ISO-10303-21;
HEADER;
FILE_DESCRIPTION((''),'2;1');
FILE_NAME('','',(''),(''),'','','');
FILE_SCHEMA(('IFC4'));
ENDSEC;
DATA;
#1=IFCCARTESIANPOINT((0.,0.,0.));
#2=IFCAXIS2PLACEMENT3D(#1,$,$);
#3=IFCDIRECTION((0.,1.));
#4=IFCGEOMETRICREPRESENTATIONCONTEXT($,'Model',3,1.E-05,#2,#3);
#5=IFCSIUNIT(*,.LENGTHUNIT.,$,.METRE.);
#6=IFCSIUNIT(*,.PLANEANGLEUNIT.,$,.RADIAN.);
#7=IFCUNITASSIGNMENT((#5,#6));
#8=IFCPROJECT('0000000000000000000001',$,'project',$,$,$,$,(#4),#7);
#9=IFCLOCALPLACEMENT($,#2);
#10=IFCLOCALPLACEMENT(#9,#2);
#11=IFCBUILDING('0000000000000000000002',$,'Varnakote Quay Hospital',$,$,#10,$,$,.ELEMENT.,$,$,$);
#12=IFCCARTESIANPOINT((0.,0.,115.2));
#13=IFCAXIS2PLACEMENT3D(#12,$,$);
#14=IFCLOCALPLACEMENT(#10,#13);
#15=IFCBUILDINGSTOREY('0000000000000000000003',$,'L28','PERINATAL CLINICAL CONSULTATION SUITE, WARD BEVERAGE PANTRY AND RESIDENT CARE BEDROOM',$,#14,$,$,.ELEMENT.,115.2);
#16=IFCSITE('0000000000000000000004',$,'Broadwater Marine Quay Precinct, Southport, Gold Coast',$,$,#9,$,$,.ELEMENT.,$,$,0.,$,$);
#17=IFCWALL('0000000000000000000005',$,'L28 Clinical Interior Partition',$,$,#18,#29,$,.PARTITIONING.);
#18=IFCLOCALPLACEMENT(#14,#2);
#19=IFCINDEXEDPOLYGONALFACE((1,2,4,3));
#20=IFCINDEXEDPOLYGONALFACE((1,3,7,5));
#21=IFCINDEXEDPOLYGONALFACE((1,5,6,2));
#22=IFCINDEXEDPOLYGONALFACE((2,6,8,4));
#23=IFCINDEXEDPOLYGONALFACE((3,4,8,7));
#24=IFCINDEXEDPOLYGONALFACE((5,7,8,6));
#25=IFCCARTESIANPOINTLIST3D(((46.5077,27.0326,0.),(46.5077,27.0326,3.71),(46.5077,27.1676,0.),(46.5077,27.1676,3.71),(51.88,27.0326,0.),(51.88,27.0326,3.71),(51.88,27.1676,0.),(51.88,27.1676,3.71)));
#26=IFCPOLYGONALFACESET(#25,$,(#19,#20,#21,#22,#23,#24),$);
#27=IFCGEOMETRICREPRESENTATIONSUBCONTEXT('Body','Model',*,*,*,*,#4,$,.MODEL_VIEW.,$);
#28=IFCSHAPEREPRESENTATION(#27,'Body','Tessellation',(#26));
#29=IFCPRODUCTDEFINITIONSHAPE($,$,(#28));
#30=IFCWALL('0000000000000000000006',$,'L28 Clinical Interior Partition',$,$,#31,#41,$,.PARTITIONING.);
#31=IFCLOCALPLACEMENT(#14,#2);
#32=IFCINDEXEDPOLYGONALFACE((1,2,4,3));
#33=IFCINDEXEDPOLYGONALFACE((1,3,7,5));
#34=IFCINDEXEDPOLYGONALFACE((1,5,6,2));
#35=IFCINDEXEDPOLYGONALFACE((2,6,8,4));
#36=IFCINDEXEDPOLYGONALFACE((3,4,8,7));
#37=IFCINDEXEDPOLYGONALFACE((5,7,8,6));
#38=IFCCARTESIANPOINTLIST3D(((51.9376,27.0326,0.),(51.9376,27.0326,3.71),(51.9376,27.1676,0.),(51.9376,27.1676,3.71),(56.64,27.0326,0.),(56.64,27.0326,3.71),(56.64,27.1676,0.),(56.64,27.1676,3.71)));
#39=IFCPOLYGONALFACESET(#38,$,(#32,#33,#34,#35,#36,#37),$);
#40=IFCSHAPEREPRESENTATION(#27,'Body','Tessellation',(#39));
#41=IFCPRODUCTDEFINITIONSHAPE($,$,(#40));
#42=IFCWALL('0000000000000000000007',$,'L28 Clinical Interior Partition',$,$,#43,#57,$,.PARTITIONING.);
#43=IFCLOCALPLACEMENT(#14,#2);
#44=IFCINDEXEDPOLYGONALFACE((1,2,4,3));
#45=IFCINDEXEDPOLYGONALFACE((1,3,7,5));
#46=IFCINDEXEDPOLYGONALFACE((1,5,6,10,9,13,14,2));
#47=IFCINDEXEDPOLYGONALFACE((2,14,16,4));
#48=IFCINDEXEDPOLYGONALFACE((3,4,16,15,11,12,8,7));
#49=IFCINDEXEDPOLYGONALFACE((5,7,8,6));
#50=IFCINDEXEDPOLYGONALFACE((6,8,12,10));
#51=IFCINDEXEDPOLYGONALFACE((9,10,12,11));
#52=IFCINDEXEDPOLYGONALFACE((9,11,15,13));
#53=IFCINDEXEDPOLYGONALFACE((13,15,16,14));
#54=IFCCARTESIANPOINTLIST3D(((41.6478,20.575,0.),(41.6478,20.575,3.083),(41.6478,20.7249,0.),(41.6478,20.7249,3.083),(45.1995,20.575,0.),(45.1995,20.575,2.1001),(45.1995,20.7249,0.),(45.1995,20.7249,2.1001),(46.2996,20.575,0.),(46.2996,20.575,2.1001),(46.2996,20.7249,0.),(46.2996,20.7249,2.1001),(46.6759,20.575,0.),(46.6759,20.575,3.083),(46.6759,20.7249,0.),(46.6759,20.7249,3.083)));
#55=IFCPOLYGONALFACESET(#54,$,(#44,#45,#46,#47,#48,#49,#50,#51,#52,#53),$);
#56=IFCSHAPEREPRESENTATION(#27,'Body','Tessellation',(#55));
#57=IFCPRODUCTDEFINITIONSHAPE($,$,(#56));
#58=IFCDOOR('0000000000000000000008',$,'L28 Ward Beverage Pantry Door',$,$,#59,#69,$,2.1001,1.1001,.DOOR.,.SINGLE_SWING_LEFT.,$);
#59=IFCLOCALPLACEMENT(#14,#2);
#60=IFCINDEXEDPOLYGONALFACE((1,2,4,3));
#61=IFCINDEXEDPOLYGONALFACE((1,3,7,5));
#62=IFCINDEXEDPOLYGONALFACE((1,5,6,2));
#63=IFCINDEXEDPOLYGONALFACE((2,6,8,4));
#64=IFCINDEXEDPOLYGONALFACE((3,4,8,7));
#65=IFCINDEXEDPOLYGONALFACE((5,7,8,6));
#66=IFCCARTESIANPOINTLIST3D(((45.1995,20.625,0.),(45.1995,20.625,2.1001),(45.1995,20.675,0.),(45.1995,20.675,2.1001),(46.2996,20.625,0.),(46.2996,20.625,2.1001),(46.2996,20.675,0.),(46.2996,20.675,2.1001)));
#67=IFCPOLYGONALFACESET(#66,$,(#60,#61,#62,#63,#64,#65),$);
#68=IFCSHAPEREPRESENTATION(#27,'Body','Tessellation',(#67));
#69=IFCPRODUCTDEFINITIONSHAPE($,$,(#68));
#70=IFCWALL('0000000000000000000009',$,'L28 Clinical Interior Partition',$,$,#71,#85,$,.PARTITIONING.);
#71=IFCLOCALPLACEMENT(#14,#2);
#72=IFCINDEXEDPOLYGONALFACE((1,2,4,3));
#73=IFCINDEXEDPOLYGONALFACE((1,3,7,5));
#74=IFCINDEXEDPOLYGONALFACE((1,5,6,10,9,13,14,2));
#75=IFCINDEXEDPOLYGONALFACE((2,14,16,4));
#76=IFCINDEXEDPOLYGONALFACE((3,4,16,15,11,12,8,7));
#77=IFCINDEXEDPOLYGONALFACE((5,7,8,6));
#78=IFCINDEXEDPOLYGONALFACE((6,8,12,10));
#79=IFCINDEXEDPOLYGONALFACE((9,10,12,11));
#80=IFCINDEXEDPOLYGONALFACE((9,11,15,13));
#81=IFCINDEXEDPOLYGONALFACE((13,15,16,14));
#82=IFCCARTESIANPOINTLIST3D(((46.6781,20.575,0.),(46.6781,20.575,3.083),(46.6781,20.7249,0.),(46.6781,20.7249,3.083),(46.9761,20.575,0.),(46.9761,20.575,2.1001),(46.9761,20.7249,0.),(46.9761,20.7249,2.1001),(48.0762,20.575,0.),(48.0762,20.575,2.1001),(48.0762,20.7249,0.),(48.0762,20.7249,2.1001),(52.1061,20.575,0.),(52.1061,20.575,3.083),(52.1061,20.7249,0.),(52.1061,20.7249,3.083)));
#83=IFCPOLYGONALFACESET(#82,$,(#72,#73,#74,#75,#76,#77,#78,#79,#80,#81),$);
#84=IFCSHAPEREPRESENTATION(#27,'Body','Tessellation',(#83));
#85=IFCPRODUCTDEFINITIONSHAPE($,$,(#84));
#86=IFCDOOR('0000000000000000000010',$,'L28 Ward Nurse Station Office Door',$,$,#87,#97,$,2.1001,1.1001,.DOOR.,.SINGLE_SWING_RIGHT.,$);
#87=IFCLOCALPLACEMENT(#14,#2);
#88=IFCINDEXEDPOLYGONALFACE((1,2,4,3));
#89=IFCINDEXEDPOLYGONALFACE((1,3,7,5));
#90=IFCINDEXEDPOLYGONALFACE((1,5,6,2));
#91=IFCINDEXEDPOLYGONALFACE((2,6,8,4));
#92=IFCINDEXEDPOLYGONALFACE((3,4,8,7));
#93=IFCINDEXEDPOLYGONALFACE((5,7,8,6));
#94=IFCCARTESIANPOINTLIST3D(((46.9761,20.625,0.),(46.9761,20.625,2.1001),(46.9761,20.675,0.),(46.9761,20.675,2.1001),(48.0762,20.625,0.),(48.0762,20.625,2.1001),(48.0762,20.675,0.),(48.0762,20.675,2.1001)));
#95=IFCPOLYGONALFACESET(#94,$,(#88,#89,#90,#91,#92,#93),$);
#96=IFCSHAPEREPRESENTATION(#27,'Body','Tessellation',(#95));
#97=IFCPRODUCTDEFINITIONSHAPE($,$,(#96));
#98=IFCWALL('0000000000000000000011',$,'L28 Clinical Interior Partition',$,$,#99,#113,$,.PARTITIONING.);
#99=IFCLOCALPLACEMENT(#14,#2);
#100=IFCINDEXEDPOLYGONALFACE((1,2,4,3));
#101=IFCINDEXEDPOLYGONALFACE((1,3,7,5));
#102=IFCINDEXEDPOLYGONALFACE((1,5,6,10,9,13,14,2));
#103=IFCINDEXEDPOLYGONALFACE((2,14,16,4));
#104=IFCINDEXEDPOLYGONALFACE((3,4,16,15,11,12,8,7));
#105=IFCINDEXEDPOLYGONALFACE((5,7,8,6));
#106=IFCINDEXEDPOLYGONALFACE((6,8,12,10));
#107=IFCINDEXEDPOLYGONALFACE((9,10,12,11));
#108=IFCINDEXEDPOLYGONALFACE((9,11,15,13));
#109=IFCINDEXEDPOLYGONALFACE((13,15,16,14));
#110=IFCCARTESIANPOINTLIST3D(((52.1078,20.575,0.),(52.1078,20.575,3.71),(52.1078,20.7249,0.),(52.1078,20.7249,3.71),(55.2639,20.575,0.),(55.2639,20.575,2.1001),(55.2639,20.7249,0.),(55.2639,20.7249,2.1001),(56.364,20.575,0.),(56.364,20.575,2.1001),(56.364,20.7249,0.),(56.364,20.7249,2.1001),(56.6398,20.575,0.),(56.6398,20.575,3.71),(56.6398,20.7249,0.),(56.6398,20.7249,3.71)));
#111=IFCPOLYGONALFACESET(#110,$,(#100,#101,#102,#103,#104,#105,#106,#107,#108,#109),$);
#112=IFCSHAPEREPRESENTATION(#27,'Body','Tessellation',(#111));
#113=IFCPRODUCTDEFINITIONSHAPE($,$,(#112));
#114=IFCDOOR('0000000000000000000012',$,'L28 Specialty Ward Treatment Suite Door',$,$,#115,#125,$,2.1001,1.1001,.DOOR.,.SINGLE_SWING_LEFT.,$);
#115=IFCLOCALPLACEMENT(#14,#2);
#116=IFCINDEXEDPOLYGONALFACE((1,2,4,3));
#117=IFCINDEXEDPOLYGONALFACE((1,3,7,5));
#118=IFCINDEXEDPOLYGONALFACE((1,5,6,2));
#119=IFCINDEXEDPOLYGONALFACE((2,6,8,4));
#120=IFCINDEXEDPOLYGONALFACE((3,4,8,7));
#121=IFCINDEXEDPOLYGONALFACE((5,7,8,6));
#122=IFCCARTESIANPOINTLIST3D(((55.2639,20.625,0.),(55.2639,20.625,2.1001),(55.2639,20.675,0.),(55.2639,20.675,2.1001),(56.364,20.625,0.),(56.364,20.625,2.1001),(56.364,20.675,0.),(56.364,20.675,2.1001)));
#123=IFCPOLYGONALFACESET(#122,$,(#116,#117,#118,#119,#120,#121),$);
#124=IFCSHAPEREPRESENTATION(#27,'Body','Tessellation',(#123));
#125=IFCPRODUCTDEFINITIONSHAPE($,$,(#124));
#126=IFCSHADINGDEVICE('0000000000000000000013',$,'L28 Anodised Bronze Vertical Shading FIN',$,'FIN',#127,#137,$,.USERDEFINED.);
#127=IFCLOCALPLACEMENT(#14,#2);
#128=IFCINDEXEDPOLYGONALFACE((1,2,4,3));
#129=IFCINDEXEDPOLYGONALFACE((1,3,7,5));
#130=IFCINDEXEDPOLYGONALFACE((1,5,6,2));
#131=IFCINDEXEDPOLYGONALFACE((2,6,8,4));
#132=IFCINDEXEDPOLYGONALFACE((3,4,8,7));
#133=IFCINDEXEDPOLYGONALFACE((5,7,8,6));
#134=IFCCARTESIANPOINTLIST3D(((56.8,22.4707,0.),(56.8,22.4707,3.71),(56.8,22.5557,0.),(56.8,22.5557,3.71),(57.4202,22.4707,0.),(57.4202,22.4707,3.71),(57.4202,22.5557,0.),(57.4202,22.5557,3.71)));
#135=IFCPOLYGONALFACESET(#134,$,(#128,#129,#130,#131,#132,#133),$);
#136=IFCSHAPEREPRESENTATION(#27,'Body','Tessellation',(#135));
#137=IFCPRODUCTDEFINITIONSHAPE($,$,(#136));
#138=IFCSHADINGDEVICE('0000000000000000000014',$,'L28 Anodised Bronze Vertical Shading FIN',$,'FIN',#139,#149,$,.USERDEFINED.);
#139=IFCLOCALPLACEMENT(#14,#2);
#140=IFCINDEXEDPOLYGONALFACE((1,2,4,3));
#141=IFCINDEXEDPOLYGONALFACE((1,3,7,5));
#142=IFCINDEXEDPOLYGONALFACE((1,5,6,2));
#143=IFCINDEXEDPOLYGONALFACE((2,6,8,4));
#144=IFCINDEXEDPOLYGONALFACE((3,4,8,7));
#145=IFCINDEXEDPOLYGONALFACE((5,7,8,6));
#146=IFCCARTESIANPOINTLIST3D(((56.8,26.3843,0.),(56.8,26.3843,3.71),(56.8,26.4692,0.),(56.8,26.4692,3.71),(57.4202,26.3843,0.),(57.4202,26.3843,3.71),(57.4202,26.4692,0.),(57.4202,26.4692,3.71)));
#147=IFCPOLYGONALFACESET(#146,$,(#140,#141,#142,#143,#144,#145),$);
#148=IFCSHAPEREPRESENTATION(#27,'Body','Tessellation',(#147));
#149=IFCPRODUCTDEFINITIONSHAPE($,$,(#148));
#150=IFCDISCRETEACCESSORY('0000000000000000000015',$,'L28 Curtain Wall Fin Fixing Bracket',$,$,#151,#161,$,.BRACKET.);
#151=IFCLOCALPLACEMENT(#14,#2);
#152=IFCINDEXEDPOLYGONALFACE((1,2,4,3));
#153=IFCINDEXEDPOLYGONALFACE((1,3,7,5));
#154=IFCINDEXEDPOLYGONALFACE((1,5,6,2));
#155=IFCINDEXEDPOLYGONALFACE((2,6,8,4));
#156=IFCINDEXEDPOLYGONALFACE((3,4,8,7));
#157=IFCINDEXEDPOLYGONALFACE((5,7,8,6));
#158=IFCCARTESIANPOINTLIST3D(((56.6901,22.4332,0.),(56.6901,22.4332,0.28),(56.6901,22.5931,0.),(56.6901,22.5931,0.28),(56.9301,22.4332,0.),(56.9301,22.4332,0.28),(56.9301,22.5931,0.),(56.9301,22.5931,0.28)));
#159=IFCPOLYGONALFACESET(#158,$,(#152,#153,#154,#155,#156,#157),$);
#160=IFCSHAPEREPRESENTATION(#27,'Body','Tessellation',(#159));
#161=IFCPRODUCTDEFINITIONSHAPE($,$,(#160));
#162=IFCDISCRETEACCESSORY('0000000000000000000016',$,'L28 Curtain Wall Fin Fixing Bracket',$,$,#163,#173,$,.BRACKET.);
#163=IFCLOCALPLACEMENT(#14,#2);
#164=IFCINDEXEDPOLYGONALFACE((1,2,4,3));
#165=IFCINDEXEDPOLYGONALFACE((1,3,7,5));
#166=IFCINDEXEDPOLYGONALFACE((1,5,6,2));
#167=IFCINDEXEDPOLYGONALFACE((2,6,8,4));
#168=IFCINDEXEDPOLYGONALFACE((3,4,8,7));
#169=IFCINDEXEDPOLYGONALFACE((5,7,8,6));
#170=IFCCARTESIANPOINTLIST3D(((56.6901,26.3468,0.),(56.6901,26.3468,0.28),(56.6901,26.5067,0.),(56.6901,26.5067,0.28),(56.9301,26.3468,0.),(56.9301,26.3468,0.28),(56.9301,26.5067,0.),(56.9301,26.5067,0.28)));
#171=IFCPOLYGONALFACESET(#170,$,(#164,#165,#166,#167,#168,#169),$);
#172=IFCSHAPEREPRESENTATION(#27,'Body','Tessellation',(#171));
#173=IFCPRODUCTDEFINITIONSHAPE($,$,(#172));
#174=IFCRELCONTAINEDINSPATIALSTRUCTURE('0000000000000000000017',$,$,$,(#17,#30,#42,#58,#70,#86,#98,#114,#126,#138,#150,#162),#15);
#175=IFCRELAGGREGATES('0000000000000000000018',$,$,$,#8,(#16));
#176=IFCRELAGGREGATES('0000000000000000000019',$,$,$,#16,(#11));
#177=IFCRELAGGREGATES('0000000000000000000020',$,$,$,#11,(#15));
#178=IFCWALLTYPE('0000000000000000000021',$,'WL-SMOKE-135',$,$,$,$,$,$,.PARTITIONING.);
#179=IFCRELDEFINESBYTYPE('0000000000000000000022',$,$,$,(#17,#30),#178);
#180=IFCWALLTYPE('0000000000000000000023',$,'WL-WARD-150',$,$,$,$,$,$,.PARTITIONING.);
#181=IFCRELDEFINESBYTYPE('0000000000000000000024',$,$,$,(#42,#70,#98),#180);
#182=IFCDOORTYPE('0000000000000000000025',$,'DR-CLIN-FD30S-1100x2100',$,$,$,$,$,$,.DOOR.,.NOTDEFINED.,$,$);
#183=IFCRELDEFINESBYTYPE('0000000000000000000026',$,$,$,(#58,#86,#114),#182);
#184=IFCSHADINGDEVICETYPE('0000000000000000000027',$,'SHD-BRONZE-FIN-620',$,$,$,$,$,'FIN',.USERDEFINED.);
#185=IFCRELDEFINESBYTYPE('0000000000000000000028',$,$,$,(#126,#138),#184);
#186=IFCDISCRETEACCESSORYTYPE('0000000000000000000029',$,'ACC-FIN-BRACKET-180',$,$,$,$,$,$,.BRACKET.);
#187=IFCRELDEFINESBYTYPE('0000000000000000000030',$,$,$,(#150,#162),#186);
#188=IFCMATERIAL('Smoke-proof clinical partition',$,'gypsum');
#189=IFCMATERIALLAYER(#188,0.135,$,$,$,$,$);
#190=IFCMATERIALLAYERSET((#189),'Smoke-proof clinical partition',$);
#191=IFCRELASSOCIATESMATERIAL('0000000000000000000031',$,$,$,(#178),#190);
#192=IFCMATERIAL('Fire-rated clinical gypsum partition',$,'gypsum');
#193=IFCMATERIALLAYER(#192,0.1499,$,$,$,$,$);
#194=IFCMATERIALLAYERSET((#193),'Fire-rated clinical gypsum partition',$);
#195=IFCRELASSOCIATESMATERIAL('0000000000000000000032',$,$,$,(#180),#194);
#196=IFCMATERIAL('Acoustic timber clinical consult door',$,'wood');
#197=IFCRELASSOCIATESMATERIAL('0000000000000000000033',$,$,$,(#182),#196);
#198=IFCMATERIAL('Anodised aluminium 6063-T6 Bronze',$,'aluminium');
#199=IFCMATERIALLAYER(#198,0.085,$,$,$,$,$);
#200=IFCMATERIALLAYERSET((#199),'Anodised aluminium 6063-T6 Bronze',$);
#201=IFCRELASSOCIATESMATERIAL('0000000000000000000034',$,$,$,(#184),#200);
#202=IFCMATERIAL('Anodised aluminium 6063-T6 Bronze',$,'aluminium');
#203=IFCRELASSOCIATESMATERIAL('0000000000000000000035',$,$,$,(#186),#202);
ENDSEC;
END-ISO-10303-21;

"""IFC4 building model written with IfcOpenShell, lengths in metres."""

from ifc_helpers import new_model, si_unit, direction, frame, frame_2d, origin, origin_2d, place, context, subcontext, project, spatial, rectangle, extrude, material, layer, layer_set, type_object, element, fill, save


model = new_model("IFC4")

# Units and contexts
model_context = context("Model", 3, precision=1e-05, world=origin(), true_north=direction((0.0, 1.0)))
body_context = subcontext(model_context, "Body", "Model", "MODEL_VIEW")
ifc_project = project(units=[si_unit("LENGTHUNIT", "METRE"), si_unit("PLANEANGLEUNIT", "RADIAN")], contexts=[model_context])

# Site, building, storey
site_placement = place(None, origin())
site = spatial("IfcSite", under=ifc_project, at=site_placement, Name="Broadwater Marine Quay Precinct, Southport, Gold Coast", CompositionType="ELEMENT", RefElevation=0.0)
building_placement = place(site_placement, origin())
building = spatial("IfcBuilding", under=site, at=building_placement, Name="Varnakote Quay Hospital", CompositionType="ELEMENT")
storey_placement = place(building_placement, frame((0.0, 0.0, 115.2)))
storey = spatial("IfcBuildingStorey", under=building, at=storey_placement, Name="L28", Description="PERINATAL CLINICAL CONSULTATION SUITE, WARD BEVERAGE PANTRY AND RESIDENT CARE BEDROOM", CompositionType="ELEMENT", Elevation=115.2)

# Walls
ifc_material_1 = material(Name="Smoke-proof clinical partition", Category="gypsum")
ifc_layer_1 = layer(ifc_material_1, 0.135)
ifc_layer_set_1 = layer_set([ifc_layer_1], Name="Smoke-proof clinical partition")
wall_type_1 = type_object("IfcWallType", Name="WL-SMOKE-135", PredefinedType="PARTITIONING", material=ifc_layer_set_1)
wall_1_placement = place(storey_placement, frame((51.8799, 27.1001, 0.0), z_axis=(0.0, 0.0, 1.0), x_axis=(-1.0, 0.0, 0.0)))
element("IfcWall", 1, at=wall_1_placement, inside=storey, type_object=wall_type_1, Name="L28 Clinical Interior Partition", PredefinedType="PARTITIONING", context=body_context, shape_type="SweptSolid", body=[
    extrude(rectangle(XDim=5.3723, YDim=0.135, at=frame_2d((2.686, 0.0))), origin(), (0.0, 0.0, 1.0), 3.71),
])
wall_2_placement = place(storey_placement, frame((56.6399, 27.1001, 0.0), z_axis=(0.0, 0.0, 1.0), x_axis=(-1.0, 0.0, 0.0)))
element("IfcWall", 2, at=wall_2_placement, inside=storey, type_object=wall_type_1, Name="L28 Clinical Interior Partition", PredefinedType="PARTITIONING", context=body_context, shape_type="SweptSolid", body=[
    extrude(rectangle(XDim=4.7024, YDim=0.135, at=frame_2d((2.3511, 0.0))), origin(), (0.0, 0.0, 1.0), 3.71),
])

# Walls, openings, doors
ifc_material_2 = material(Name="Fire-rated clinical gypsum partition", Category="gypsum")
ifc_layer_2 = layer(ifc_material_2, 0.1499)
ifc_layer_set_2 = layer_set([ifc_layer_2], Name="Fire-rated clinical gypsum partition")
wall_type_2 = type_object("IfcWallType", Name="WL-WARD-150", PredefinedType="PARTITIONING", material=ifc_layer_set_2)
wall_3_placement = place(storey_placement, frame((46.676, 20.6499, 0.0), z_axis=(0.0, 0.0, 1.0), x_axis=(-1.0, 0.0, 0.0)))
wall_3 = element("IfcWall", 3, at=wall_3_placement, inside=storey, type_object=wall_type_2, Name="L28 Clinical Interior Partition", PredefinedType="PARTITIONING", context=body_context, shape_type="SweptSolid", body=[
    extrude(rectangle(XDim=5.0281, YDim=0.1499, at=frame_2d((2.5142, 0.0))), origin(), (0.0, 0.0, 1.0), 3.083),
])
opening_1_placement = place(wall_3_placement, frame((0.3765, 0.0, 0.0)))
opening_1 = element("IfcOpeningElement", 4, at=opening_1_placement, cuts=wall_3, PredefinedType="OPENING", context=body_context, shape_type="SweptSolid", body=[
    extrude(rectangle(XDim=1.1001, YDim=2.1001, at=frame_2d((0.55, 1.05))), frame((0.0, 0.085, 0.0), z_axis=(0.0, -1.0, 0.0), x_axis=(1.0, 0.0, 0.0)), (0.0, 0.0, 1.0), 0.1699),
])
ifc_material_3 = material(Name="Acoustic timber clinical consult door", Category="wood")
door_type = type_object("IfcDoorType", Name="DR-CLIN-FD30S-1100x2100", OperationType="NOTDEFINED", PredefinedType="DOOR", material=ifc_material_3)
door_1_placement = place(opening_1_placement, origin())
door_1 = element("IfcDoor", 5, at=door_1_placement, inside=storey, type_object=door_type, Name="L28 Ward Beverage Pantry Door", OperationType="SINGLE_SWING_LEFT", OverallHeight=2.1001, OverallWidth=1.1001, PredefinedType="DOOR", context=body_context, shape_type="SweptSolid", body=[
    extrude(rectangle(XDim=1.1001, YDim=2.1001, at=frame_2d((0.55, 1.05))), frame((0.0, 0.0249, 0.0), z_axis=(0.0, -1.0, 0.0), x_axis=(1.0, 0.0, 0.0)), (0.0, 0.0, 1.0), 0.05),
])
fill(opening_1, door_1)
wall_4_placement = place(storey_placement, frame((52.106, 20.6499, 0.0), z_axis=(0.0, 0.0, 1.0), x_axis=(-1.0, 0.0, 0.0)))
wall_4 = element("IfcWall", 6, at=wall_4_placement, inside=storey, type_object=wall_type_2, Name="L28 Clinical Interior Partition", PredefinedType="PARTITIONING", context=body_context, shape_type="SweptSolid", body=[
    extrude(rectangle(XDim=5.428, YDim=0.1499, at=frame_2d((2.7139, 0.0))), origin(), (0.0, 0.0, 1.0), 3.083),
])
opening_2_placement = place(wall_4_placement, frame((4.0298, 0.0, 0.0)))
opening_2 = element("IfcOpeningElement", 7, at=opening_2_placement, cuts=wall_4, PredefinedType="OPENING", context=body_context, shape_type="SweptSolid", body=[
    extrude(rectangle(XDim=1.1001, YDim=2.1001, at=frame_2d((0.55, 1.05))), frame((0.0, 0.085, 0.0), z_axis=(0.0, -1.0, 0.0), x_axis=(1.0, 0.0, 0.0)), (0.0, 0.0, 1.0), 0.1699),
])
door_2_placement = place(opening_2_placement, origin())
door_2 = element("IfcDoor", 8, at=door_2_placement, inside=storey, type_object=door_type, Name="L28 Ward Nurse Station Office Door", OperationType="SINGLE_SWING_RIGHT", OverallHeight=2.1001, OverallWidth=1.1001, PredefinedType="DOOR", context=body_context, shape_type="SweptSolid", body=[
    extrude(rectangle(XDim=1.1001, YDim=2.1001, at=frame_2d((0.55, 1.05))), frame((0.0, 0.0249, 0.0), z_axis=(0.0, -1.0, 0.0), x_axis=(1.0, 0.0, 0.0)), (0.0, 0.0, 1.0), 0.05),
])
fill(opening_2, door_2)
wall_5_placement = place(storey_placement, frame((56.6399, 20.6499, 0.0), z_axis=(0.0, 0.0, 1.0), x_axis=(-1.0, 0.0, 0.0)))
wall_5 = element("IfcWall", 9, at=wall_5_placement, inside=storey, type_object=wall_type_2, Name="L28 Clinical Interior Partition", PredefinedType="PARTITIONING", context=body_context, shape_type="SweptSolid", body=[
    extrude(rectangle(XDim=4.532, YDim=0.1499, at=frame_2d((2.2661, 0.0))), origin(), (0.0, 0.0, 1.0), 3.71),
])
opening_3_placement = place(wall_5_placement, frame((0.2759, 0.0, 0.0)))
opening_3 = element("IfcOpeningElement", 10, at=opening_3_placement, cuts=wall_5, PredefinedType="OPENING", context=body_context, shape_type="SweptSolid", body=[
    extrude(rectangle(XDim=1.1001, YDim=2.1001, at=frame_2d((0.55, 1.05))), frame((0.0, 0.085, 0.0), z_axis=(0.0, -1.0, 0.0), x_axis=(1.0, 0.0, 0.0)), (0.0, 0.0, 1.0), 0.1699),
])
door_3_placement = place(opening_3_placement, origin())
door_3 = element("IfcDoor", 11, at=door_3_placement, inside=storey, type_object=door_type, Name="L28 Specialty Ward Treatment Suite Door", OperationType="SINGLE_SWING_LEFT", OverallHeight=2.1001, OverallWidth=1.1001, PredefinedType="DOOR", context=body_context, shape_type="SweptSolid", body=[
    extrude(rectangle(XDim=1.1001, YDim=2.1001, at=frame_2d((0.55, 1.05))), frame((0.0, 0.0249, 0.0), z_axis=(0.0, -1.0, 0.0), x_axis=(1.0, 0.0, 0.0)), (0.0, 0.0, 1.0), 0.05),
])
fill(opening_3, door_3)

# Shading devices
ifc_material_4 = material(Name="Anodised aluminium 6063-T6 Bronze", Category="aluminium")
ifc_layer_3 = layer(ifc_material_4, 0.085)
ifc_layer_set_3 = layer_set([ifc_layer_3], Name="Anodised aluminium 6063-T6 Bronze")
shading_device_type = type_object("IfcShadingDeviceType", Name="SHD-BRONZE-FIN-620", ElementType="FIN", PredefinedType="USERDEFINED", material=ifc_layer_set_3)
for number, where, z_axis, x_axis, name in (
    (12, (57.1101, 22.5132, 0.0), (0.0, 0.0, 1.0), (-1.0, 0.0, 0.0), "L28 Anodised Bronze Vertical Shading FIN"),
    (13, (57.1101, 26.4268, 0.0), (0.0, 0.0, 1.0), (-1.0, 0.0, 0.0), "L28 Anodised Bronze Vertical Shading FIN"),
):
    element("IfcShadingDevice", number, at=place(storey_placement, frame(where, z_axis=z_axis, x_axis=x_axis)), inside=storey, type_object=shading_device_type, Name=name, ObjectType="FIN", PredefinedType="USERDEFINED", context=body_context, shape_type="SweptSolid", body=[
        extrude(rectangle(XDim=0.6201, YDim=0.085, at=origin_2d()), origin(), (0.0, 0.0, 1.0), 3.71),
    ])

# Discrete accessories
ifc_material_5 = material(Name="Anodised aluminium 6063-T6 Bronze", Category="aluminium")
discrete_accessory_type = type_object("IfcDiscreteAccessoryType", Name="ACC-FIN-BRACKET-180", PredefinedType="BRACKET", material=ifc_material_5)
for number, where, z_axis, x_axis, name in (
    (14, (56.8101, 22.5132, 0.0), (0.0, 0.0, 1.0), (0.0, 1.0, 0.0), "L28 Curtain Wall Fin Fixing Bracket"),
    (15, (56.8101, 26.4268, 0.0), (0.0, 0.0, 1.0), (0.0, 1.0, 0.0), "L28 Curtain Wall Fin Fixing Bracket"),
):
    element("IfcDiscreteAccessory", number, at=place(storey_placement, frame(where, z_axis=z_axis, x_axis=x_axis)), inside=storey, type_object=discrete_accessory_type, Name=name, PredefinedType="BRACKET", context=body_context, shape_type="SweptSolid", body=[
        extrude(rectangle(XDim=0.1599, YDim=0.24, at=origin_2d()), origin(), (0.0, 0.0, 1.0), 0.28),
    ])

save(model, "model.ifc")
